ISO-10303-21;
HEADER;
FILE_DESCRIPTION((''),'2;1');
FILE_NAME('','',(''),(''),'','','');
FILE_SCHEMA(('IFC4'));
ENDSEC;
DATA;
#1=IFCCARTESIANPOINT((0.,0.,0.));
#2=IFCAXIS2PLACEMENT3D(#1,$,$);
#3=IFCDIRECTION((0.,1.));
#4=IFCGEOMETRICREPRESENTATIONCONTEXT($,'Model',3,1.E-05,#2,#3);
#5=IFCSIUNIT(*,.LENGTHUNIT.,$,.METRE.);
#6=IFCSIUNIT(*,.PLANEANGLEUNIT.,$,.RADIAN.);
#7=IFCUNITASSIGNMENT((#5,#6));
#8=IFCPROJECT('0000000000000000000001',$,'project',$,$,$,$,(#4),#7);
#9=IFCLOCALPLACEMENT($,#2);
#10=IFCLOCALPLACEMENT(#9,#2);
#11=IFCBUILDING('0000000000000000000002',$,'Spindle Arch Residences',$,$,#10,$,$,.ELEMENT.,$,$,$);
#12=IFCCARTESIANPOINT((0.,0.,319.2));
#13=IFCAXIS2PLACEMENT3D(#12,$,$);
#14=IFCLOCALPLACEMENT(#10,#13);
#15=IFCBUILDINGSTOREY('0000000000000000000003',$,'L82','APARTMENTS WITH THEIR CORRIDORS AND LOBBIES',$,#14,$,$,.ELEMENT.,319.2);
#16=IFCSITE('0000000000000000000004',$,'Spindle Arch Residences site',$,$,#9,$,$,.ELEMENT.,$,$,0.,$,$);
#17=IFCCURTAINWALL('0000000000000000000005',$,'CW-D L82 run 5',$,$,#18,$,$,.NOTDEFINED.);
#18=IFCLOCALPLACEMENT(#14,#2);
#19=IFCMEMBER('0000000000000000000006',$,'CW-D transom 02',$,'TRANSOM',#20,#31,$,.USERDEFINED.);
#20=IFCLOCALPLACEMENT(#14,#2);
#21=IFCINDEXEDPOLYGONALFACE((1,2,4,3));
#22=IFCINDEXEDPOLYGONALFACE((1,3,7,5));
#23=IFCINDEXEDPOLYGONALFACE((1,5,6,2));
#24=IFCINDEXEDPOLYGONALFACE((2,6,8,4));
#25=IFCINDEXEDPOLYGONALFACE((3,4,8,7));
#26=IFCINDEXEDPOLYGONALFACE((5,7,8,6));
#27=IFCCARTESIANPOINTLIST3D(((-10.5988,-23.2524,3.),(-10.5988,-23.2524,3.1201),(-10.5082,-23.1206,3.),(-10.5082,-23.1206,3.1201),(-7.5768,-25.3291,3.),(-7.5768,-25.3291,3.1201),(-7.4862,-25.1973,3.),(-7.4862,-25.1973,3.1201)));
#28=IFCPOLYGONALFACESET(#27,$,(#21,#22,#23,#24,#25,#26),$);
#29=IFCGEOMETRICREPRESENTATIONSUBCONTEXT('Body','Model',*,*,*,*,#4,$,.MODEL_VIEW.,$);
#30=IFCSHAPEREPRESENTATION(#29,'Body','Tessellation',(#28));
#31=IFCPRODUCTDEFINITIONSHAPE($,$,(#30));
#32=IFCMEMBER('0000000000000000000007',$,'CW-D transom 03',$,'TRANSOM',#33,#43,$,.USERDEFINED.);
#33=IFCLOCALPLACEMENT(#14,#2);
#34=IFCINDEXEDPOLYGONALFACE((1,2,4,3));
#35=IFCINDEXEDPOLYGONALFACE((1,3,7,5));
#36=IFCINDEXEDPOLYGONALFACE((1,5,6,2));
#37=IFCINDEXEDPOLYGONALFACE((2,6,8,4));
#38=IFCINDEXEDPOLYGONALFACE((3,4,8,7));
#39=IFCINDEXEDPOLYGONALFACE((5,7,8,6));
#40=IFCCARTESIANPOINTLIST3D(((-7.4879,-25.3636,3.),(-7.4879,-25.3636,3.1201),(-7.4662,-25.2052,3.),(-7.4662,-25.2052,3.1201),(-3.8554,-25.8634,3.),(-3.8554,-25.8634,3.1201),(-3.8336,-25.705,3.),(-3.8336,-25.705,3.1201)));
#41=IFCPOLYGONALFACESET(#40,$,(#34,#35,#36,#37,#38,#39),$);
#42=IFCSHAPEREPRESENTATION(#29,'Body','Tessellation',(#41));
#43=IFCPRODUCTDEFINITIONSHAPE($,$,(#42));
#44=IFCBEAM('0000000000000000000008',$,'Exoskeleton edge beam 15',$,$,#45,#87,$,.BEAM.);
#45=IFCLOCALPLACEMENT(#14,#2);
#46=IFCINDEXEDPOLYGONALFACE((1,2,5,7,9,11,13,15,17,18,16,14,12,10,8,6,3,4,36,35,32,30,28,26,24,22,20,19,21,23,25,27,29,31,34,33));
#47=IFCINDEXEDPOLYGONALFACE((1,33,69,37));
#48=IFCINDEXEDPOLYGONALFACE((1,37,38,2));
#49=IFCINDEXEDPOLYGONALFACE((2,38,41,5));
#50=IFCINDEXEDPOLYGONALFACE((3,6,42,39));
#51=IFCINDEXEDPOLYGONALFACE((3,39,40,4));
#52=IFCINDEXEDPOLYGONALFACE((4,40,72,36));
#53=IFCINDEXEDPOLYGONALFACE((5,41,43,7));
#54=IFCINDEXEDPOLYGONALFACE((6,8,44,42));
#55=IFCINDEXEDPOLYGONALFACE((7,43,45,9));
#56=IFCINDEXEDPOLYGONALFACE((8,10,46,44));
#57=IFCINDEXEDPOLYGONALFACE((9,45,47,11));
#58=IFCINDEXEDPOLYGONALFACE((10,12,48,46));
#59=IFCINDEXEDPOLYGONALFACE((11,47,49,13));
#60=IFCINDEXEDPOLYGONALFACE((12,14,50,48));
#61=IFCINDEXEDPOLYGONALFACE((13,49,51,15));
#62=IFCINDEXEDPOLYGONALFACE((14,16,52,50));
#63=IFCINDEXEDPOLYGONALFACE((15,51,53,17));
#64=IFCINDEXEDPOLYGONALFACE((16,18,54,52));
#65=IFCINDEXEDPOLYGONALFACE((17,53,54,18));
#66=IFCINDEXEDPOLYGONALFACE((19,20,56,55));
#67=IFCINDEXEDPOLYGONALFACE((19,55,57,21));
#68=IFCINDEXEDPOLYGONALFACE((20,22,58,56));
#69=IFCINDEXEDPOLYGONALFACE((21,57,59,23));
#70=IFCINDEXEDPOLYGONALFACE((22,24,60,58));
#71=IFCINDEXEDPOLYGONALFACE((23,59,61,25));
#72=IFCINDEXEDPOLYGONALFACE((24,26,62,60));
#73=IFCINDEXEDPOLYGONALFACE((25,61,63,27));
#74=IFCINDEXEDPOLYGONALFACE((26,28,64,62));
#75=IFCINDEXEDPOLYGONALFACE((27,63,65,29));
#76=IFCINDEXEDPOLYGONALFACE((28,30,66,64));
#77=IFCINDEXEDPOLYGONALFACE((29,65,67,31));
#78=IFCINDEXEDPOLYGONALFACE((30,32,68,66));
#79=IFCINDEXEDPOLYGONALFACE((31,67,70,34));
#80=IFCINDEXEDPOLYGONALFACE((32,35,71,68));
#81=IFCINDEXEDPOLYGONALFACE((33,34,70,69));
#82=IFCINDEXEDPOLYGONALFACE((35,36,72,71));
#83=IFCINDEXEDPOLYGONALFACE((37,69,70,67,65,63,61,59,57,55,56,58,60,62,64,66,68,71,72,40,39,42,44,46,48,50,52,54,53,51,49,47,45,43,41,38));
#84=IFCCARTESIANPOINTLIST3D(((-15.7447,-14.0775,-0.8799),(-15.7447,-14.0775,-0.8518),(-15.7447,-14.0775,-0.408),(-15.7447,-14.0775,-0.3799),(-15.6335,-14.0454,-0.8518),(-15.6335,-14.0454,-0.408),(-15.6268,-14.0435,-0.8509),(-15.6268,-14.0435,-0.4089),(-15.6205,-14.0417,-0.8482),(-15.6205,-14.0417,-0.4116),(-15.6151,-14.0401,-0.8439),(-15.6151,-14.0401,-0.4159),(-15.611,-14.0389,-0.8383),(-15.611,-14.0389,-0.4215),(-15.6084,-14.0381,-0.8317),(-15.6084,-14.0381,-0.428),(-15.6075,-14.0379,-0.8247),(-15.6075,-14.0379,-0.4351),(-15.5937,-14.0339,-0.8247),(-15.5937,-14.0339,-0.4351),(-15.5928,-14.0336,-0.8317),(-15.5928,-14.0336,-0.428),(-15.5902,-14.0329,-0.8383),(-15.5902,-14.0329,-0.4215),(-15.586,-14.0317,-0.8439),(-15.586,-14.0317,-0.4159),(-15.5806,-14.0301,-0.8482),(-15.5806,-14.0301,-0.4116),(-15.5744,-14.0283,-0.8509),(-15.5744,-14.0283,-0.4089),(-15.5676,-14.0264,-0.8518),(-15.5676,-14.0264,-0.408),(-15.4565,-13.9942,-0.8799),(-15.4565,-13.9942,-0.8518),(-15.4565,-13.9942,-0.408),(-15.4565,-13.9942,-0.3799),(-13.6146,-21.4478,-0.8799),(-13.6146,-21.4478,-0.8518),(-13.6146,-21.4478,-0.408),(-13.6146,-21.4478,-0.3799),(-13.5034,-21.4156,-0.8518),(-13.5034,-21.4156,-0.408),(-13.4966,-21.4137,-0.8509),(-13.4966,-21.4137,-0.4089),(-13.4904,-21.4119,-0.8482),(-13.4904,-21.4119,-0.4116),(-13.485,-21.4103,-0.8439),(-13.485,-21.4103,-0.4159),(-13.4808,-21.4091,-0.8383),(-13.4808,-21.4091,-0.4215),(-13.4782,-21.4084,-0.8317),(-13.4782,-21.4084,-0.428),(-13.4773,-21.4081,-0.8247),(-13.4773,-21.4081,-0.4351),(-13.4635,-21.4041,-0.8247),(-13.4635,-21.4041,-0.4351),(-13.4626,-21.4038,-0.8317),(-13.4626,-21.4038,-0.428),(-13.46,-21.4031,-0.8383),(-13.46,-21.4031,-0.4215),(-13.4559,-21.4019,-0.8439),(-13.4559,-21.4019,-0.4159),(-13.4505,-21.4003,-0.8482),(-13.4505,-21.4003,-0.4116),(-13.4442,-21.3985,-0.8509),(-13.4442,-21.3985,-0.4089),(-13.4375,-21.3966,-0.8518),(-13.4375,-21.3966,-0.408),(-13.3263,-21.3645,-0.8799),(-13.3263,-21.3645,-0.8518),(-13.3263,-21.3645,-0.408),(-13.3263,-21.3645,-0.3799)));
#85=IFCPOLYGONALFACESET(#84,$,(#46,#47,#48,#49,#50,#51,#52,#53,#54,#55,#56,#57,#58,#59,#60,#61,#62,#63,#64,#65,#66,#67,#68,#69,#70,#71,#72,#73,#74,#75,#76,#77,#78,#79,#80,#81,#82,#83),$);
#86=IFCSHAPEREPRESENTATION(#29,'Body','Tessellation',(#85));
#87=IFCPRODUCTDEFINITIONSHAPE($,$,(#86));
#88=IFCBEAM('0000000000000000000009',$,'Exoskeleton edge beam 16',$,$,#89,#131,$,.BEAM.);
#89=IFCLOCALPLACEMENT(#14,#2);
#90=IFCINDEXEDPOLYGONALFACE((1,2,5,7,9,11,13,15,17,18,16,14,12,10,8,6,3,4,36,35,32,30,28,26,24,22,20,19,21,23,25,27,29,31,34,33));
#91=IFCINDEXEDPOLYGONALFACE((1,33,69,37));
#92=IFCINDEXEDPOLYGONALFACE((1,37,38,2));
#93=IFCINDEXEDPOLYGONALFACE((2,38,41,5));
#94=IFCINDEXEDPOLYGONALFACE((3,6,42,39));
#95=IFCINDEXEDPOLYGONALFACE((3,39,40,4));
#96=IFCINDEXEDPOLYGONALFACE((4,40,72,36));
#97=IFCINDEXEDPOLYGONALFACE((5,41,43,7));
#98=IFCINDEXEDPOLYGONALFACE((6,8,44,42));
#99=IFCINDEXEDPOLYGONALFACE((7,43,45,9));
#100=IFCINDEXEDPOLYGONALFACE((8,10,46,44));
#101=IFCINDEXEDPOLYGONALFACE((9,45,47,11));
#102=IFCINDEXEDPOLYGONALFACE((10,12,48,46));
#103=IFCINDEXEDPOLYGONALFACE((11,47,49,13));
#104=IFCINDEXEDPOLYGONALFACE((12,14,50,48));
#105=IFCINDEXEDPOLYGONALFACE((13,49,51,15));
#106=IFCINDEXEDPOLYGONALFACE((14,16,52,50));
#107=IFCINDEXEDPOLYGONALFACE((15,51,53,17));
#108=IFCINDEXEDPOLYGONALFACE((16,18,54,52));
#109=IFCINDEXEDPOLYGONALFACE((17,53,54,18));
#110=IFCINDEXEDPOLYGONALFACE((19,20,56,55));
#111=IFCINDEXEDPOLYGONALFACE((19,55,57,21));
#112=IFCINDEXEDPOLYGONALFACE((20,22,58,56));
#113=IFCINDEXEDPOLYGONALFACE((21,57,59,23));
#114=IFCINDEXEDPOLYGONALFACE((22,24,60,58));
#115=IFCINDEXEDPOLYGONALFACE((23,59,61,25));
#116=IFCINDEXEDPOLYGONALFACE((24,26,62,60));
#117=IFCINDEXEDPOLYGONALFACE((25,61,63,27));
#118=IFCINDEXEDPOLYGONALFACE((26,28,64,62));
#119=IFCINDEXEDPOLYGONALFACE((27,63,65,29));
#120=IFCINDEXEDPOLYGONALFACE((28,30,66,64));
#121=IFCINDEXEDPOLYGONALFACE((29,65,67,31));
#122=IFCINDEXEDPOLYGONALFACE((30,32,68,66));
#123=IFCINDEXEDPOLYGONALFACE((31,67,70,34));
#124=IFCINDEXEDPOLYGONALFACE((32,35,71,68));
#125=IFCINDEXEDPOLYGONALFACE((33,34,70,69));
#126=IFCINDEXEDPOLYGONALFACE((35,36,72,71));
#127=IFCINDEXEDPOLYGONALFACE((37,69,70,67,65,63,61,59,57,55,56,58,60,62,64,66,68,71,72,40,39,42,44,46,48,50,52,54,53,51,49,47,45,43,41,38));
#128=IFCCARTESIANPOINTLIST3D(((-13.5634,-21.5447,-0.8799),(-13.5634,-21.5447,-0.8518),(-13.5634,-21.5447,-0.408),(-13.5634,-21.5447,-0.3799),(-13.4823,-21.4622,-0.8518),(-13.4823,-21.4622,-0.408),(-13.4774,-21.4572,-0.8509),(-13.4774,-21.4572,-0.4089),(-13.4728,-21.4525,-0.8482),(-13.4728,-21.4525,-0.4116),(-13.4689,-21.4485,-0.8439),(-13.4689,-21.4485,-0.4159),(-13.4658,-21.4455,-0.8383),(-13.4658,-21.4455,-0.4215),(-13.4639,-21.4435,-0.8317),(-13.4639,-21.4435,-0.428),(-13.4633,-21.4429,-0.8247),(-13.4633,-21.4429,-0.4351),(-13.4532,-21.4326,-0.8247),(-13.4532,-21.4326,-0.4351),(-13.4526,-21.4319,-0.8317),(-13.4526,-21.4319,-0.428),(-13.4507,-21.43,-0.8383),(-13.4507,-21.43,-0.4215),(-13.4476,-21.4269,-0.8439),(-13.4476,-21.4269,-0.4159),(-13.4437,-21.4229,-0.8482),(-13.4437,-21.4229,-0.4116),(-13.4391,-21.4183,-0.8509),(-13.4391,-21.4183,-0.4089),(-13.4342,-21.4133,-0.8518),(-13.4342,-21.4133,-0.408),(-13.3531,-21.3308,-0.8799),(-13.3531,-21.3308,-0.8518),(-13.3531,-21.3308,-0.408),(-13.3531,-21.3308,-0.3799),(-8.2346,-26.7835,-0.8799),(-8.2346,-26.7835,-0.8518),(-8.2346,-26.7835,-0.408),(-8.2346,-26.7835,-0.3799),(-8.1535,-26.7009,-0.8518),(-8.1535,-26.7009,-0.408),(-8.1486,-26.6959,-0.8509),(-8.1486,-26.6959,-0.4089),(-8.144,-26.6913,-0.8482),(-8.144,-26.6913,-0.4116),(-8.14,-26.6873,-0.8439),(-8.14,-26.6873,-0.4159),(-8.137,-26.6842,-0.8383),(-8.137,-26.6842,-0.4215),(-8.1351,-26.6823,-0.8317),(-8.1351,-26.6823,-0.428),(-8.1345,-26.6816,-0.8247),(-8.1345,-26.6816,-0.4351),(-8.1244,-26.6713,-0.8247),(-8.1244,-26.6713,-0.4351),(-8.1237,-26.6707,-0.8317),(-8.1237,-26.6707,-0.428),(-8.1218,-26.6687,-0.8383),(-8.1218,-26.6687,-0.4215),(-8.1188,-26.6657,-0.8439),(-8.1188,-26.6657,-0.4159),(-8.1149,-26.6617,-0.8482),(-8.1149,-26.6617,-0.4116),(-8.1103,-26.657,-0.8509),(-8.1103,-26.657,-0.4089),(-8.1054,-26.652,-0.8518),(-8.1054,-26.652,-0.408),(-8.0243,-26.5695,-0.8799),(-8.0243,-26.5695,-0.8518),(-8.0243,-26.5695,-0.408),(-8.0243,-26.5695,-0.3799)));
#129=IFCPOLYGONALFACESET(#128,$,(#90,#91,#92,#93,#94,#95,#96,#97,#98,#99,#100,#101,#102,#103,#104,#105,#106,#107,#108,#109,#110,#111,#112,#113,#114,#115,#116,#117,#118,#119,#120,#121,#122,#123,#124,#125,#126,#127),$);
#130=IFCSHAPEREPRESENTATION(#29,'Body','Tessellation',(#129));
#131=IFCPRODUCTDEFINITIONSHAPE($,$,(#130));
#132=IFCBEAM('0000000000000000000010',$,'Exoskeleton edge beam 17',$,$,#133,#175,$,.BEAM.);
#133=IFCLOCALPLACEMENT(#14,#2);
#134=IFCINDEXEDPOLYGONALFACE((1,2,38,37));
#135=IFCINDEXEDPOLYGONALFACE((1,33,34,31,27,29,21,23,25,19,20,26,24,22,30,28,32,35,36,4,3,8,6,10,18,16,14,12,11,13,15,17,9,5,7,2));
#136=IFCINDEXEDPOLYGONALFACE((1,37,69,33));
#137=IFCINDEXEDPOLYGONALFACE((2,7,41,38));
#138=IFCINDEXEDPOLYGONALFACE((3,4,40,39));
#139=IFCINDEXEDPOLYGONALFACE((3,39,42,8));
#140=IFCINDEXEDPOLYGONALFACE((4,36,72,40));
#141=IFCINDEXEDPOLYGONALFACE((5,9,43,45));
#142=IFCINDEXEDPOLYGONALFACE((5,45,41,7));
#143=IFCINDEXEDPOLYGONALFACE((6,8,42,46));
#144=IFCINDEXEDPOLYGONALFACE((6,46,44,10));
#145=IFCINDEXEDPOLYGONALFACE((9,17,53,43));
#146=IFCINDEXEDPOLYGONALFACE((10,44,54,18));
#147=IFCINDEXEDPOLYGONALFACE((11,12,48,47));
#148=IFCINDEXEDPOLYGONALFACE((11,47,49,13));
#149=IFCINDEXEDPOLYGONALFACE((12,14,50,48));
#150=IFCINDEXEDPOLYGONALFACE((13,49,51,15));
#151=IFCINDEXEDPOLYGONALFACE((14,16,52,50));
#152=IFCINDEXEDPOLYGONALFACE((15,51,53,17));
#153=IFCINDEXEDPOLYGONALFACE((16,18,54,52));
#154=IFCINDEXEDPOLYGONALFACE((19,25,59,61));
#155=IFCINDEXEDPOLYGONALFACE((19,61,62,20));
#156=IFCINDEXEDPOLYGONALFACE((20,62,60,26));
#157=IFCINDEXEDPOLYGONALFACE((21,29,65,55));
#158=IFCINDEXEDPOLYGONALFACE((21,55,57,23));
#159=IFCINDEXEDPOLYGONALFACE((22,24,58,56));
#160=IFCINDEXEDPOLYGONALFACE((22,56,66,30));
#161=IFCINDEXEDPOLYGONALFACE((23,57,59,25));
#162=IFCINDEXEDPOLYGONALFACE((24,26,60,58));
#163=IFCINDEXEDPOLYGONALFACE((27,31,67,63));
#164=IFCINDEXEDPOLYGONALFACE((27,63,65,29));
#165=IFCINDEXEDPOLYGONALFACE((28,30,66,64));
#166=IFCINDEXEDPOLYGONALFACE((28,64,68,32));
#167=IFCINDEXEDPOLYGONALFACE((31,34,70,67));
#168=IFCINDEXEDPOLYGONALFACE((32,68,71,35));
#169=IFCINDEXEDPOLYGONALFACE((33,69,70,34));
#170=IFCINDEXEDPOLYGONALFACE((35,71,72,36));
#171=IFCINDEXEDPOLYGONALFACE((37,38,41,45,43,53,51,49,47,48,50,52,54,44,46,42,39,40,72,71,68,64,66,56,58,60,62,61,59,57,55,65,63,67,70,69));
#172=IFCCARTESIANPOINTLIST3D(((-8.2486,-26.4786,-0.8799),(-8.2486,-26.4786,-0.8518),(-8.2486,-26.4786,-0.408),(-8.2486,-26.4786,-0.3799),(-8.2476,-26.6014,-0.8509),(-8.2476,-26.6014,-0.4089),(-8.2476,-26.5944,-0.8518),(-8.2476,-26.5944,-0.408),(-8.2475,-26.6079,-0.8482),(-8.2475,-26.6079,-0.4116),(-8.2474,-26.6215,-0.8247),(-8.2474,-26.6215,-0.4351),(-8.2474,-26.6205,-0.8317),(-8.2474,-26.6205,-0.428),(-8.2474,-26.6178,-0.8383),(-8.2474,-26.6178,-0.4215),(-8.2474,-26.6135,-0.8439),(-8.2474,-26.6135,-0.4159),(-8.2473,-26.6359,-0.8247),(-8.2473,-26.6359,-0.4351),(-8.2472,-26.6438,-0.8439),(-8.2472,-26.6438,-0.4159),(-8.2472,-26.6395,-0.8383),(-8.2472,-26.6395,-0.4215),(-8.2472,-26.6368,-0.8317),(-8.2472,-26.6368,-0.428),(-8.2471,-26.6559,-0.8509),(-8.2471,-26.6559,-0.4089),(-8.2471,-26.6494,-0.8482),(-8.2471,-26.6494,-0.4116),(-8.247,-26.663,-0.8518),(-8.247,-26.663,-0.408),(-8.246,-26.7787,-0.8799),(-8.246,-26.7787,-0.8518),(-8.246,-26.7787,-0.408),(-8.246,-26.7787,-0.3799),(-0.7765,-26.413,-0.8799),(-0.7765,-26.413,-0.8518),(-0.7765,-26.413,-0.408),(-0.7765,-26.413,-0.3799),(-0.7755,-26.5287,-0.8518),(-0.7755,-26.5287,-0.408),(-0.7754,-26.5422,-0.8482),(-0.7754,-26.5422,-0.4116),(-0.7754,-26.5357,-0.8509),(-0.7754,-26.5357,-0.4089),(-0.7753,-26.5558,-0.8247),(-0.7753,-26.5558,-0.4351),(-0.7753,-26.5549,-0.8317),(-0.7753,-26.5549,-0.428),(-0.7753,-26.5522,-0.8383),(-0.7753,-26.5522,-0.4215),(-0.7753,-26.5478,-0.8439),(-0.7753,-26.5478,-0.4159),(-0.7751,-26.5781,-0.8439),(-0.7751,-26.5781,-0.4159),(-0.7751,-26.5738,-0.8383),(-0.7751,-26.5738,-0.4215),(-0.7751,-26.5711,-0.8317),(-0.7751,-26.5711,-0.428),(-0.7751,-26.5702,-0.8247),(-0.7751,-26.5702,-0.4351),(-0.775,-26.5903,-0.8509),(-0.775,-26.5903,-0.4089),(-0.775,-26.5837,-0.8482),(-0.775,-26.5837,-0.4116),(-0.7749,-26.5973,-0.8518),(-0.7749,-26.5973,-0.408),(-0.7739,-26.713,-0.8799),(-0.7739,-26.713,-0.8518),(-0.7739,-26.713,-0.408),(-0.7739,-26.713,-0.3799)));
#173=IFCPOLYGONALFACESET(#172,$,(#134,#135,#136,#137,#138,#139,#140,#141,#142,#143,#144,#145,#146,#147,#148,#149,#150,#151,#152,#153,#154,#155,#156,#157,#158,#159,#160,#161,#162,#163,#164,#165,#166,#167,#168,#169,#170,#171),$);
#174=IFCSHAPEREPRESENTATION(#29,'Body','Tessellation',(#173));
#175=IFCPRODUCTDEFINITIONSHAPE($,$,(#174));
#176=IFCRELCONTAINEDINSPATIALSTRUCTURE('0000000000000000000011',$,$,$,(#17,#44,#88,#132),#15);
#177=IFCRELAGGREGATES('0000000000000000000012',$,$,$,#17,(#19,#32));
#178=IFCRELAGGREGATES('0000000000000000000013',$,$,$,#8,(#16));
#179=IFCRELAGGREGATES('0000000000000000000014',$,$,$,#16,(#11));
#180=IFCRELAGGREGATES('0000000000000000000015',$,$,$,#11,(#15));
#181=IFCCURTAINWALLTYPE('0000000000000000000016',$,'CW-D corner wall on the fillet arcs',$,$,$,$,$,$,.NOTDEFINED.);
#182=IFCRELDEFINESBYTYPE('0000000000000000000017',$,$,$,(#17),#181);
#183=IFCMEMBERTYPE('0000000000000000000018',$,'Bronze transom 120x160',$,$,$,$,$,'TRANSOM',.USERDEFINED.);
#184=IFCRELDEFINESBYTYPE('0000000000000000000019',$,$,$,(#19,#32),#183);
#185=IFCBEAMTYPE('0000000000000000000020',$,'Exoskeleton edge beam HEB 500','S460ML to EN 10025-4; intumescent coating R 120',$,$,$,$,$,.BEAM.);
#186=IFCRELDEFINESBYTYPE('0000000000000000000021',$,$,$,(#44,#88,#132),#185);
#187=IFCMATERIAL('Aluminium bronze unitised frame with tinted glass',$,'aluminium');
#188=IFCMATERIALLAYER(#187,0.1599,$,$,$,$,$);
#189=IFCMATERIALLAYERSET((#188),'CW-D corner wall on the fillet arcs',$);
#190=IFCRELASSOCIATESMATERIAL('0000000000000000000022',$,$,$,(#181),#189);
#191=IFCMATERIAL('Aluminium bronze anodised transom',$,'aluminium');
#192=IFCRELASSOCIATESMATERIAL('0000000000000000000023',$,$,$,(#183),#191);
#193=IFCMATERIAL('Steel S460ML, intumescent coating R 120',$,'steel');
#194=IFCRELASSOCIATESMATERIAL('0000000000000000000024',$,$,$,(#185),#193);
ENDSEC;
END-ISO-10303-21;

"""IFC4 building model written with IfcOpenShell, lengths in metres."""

from ifc_helpers import new_model, si_unit, direction, frame, origin, origin_2d, place, context, subcontext, project, spatial, rectangle, i_section, extrude, material, layer, layer_set, material_profile, profile_set, type_object, element, aggregate, save


model = new_model("IFC4")

# Units and contexts
model_context = context("Model", 3, precision=1e-05, world=origin(), true_north=direction((0.0, 1.0)))
body_context = subcontext(model_context, "Body", "Model", "MODEL_VIEW")
ifc_project = project(units=[si_unit("LENGTHUNIT", "METRE"), si_unit("PLANEANGLEUNIT", "RADIAN")], contexts=[model_context])

# Site, building, storey
site_placement = place(None, origin())
site = spatial("IfcSite", under=ifc_project, at=site_placement, Name="Spindle Arch Residences site", CompositionType="ELEMENT", RefElevation=0.0)
building_placement = place(site_placement, origin())
building = spatial("IfcBuilding", under=site, at=building_placement, Name="Spindle Arch Residences", CompositionType="ELEMENT")
storey_placement = place(building_placement, frame((0.0, 0.0, 319.2)))
storey = spatial("IfcBuildingStorey", under=building, at=storey_placement, Name="L82", Description="APARTMENTS WITH THEIR CORRIDORS AND LOBBIES", CompositionType="ELEMENT", Elevation=319.2)

# Curtain wall, members
ifc_material_1 = material(Name="Aluminium bronze unitised frame with tinted glass", Category="aluminium")
ifc_layer_1 = layer(ifc_material_1, 0.1599)
ifc_layer_set_1 = layer_set([ifc_layer_1], Name="CW-D corner wall on the fillet arcs")
curtain_wall_type = type_object("IfcCurtainWallType", Name="CW-D corner wall on the fillet arcs", PredefinedType="NOTDEFINED", material=ifc_layer_set_1)
curtain_wall_placement = place(storey_placement, origin())
curtain_wall = element("IfcCurtainWall", 1, at=curtain_wall_placement, inside=storey, type_object=curtain_wall_type, Name="CW-D L82 run 5", PredefinedType="NOTDEFINED")
ifc_material_2 = material(Name="Aluminium bronze anodised transom", Category="aluminium")
ifc_material_profile_1 = material_profile(ifc_material_2, rectangle(XDim=0.1599, YDim=0.1201, at=origin_2d()), Name="TR 120x160")
ifc_profile_set_1 = profile_set([ifc_material_profile_1], Name="Aluminium bronze anodised transom")
member_type_1 = type_object("IfcMemberType", Name="Bronze transom 120x160", ElementType="TRANSOM", PredefinedType="USERDEFINED", material=ifc_profile_set_1)
member_1_placement = place(storey_placement, frame((-10.5535, -23.1865, 3.0601), z_axis=(0.824162, -0.566354, 0.0), x_axis=(0.566354, 0.824162, 0.0)))
member_1 = element("IfcMember", 2, at=member_1_placement, type_object=member_type_1, Name="CW-D transom 02", ObjectType="TRANSOM", PredefinedType="USERDEFINED", context=body_context, shape_type="SweptSolid", body=[
    extrude(rectangle(XDim=0.1599, YDim=0.1201, at=origin_2d()), origin(), (0.0, 0.0, 1.0), 3.6667),
])
member_2_placement = place(storey_placement, frame((-7.4771, -25.2844, 3.0601), z_axis=(0.990669, -0.136293, 0.0), x_axis=(0.136293, 0.990669, 0.0)))
member_2 = element("IfcMember", 3, at=member_2_placement, type_object=member_type_1, Name="CW-D transom 03", ObjectType="TRANSOM", PredefinedType="USERDEFINED", context=body_context, shape_type="SweptSolid", body=[
    extrude(rectangle(XDim=0.1599, YDim=0.1201, at=origin_2d()), origin(), (0.0, 0.0, 1.0), 3.6667),
])

# Beams
ifc_material_3 = material(Name="Steel S460ML, intumescent coating R 120", Category="steel")
ifc_material_profile_2 = material_profile(ifc_material_3, i_section(OverallWidth=0.3, OverallDepth=0.5, WebThickness=0.0144, FlangeThickness=0.0281, FilletRadius=0.0271, at=origin_2d()), Name="HEB 500")
ifc_profile_set_2 = profile_set([ifc_material_profile_2], Name="Steel S460ML, intumescent coating R 120")
beam_type_1 = type_object("IfcBeamType", Name="Exoskeleton edge beam HEB 500", Description="S460ML to EN 10025-4; intumescent coating R 120", PredefinedType="BEAM", material=ifc_profile_set_2)
beam_1_placement = place(storey_placement, frame((-15.6006, -14.0359, -0.6299), z_axis=(0.277658, -0.96068, 0.0), x_axis=(0.96068, 0.277658, 0.0)))
element("IfcBeam", 4, at=beam_1_placement, inside=storey, type_object=beam_type_1, Name="Exoskeleton edge beam 15", PredefinedType="BEAM", context=body_context, shape_type="SweptSolid", body=[
    extrude(i_section(OverallWidth=0.3, OverallDepth=0.5, WebThickness=0.0144, FlangeThickness=0.0281, FilletRadius=0.0271, at=origin_2d()), origin(), (0.0, 0.0, 1.0), 7.6719),
])
beam_2_placement = place(storey_placement, frame((-13.4583, -21.4377, -0.6299), z_axis=(0.713109, -0.701053, 0.0), x_axis=(0.701053, 0.713109, 0.0)))
element("IfcBeam", 5, at=beam_2_placement, inside=storey, type_object=beam_type_1, Name="Exoskeleton edge beam 16", PredefinedType="BEAM", context=body_context, shape_type="SweptSolid", body=[
    extrude(i_section(OverallWidth=0.3, OverallDepth=0.5, WebThickness=0.0144, FlangeThickness=0.0281, FilletRadius=0.0271, at=origin_2d()), origin(), (0.0, 0.0, 1.0), 7.4727),
])
beam_3_placement = place(storey_placement, frame((-8.2473, -26.6287, -0.6299), z_axis=(0.999961, 0.008789, 0.0), x_axis=(-0.008789, 0.999961, 0.0)))
element("IfcBeam", 6, at=beam_3_placement, inside=storey, type_object=beam_type_1, Name="Exoskeleton edge beam 17", PredefinedType="BEAM", context=body_context, shape_type="SweptSolid", body=[
    extrude(i_section(OverallWidth=0.3, OverallDepth=0.5, WebThickness=0.0144, FlangeThickness=0.0281, FilletRadius=0.0271, at=origin_2d()), origin(), (0.0, 0.0, 1.0), 7.4724),
])

aggregate(curtain_wall, [member_1, member_2])

save(model, "model.ifc")
